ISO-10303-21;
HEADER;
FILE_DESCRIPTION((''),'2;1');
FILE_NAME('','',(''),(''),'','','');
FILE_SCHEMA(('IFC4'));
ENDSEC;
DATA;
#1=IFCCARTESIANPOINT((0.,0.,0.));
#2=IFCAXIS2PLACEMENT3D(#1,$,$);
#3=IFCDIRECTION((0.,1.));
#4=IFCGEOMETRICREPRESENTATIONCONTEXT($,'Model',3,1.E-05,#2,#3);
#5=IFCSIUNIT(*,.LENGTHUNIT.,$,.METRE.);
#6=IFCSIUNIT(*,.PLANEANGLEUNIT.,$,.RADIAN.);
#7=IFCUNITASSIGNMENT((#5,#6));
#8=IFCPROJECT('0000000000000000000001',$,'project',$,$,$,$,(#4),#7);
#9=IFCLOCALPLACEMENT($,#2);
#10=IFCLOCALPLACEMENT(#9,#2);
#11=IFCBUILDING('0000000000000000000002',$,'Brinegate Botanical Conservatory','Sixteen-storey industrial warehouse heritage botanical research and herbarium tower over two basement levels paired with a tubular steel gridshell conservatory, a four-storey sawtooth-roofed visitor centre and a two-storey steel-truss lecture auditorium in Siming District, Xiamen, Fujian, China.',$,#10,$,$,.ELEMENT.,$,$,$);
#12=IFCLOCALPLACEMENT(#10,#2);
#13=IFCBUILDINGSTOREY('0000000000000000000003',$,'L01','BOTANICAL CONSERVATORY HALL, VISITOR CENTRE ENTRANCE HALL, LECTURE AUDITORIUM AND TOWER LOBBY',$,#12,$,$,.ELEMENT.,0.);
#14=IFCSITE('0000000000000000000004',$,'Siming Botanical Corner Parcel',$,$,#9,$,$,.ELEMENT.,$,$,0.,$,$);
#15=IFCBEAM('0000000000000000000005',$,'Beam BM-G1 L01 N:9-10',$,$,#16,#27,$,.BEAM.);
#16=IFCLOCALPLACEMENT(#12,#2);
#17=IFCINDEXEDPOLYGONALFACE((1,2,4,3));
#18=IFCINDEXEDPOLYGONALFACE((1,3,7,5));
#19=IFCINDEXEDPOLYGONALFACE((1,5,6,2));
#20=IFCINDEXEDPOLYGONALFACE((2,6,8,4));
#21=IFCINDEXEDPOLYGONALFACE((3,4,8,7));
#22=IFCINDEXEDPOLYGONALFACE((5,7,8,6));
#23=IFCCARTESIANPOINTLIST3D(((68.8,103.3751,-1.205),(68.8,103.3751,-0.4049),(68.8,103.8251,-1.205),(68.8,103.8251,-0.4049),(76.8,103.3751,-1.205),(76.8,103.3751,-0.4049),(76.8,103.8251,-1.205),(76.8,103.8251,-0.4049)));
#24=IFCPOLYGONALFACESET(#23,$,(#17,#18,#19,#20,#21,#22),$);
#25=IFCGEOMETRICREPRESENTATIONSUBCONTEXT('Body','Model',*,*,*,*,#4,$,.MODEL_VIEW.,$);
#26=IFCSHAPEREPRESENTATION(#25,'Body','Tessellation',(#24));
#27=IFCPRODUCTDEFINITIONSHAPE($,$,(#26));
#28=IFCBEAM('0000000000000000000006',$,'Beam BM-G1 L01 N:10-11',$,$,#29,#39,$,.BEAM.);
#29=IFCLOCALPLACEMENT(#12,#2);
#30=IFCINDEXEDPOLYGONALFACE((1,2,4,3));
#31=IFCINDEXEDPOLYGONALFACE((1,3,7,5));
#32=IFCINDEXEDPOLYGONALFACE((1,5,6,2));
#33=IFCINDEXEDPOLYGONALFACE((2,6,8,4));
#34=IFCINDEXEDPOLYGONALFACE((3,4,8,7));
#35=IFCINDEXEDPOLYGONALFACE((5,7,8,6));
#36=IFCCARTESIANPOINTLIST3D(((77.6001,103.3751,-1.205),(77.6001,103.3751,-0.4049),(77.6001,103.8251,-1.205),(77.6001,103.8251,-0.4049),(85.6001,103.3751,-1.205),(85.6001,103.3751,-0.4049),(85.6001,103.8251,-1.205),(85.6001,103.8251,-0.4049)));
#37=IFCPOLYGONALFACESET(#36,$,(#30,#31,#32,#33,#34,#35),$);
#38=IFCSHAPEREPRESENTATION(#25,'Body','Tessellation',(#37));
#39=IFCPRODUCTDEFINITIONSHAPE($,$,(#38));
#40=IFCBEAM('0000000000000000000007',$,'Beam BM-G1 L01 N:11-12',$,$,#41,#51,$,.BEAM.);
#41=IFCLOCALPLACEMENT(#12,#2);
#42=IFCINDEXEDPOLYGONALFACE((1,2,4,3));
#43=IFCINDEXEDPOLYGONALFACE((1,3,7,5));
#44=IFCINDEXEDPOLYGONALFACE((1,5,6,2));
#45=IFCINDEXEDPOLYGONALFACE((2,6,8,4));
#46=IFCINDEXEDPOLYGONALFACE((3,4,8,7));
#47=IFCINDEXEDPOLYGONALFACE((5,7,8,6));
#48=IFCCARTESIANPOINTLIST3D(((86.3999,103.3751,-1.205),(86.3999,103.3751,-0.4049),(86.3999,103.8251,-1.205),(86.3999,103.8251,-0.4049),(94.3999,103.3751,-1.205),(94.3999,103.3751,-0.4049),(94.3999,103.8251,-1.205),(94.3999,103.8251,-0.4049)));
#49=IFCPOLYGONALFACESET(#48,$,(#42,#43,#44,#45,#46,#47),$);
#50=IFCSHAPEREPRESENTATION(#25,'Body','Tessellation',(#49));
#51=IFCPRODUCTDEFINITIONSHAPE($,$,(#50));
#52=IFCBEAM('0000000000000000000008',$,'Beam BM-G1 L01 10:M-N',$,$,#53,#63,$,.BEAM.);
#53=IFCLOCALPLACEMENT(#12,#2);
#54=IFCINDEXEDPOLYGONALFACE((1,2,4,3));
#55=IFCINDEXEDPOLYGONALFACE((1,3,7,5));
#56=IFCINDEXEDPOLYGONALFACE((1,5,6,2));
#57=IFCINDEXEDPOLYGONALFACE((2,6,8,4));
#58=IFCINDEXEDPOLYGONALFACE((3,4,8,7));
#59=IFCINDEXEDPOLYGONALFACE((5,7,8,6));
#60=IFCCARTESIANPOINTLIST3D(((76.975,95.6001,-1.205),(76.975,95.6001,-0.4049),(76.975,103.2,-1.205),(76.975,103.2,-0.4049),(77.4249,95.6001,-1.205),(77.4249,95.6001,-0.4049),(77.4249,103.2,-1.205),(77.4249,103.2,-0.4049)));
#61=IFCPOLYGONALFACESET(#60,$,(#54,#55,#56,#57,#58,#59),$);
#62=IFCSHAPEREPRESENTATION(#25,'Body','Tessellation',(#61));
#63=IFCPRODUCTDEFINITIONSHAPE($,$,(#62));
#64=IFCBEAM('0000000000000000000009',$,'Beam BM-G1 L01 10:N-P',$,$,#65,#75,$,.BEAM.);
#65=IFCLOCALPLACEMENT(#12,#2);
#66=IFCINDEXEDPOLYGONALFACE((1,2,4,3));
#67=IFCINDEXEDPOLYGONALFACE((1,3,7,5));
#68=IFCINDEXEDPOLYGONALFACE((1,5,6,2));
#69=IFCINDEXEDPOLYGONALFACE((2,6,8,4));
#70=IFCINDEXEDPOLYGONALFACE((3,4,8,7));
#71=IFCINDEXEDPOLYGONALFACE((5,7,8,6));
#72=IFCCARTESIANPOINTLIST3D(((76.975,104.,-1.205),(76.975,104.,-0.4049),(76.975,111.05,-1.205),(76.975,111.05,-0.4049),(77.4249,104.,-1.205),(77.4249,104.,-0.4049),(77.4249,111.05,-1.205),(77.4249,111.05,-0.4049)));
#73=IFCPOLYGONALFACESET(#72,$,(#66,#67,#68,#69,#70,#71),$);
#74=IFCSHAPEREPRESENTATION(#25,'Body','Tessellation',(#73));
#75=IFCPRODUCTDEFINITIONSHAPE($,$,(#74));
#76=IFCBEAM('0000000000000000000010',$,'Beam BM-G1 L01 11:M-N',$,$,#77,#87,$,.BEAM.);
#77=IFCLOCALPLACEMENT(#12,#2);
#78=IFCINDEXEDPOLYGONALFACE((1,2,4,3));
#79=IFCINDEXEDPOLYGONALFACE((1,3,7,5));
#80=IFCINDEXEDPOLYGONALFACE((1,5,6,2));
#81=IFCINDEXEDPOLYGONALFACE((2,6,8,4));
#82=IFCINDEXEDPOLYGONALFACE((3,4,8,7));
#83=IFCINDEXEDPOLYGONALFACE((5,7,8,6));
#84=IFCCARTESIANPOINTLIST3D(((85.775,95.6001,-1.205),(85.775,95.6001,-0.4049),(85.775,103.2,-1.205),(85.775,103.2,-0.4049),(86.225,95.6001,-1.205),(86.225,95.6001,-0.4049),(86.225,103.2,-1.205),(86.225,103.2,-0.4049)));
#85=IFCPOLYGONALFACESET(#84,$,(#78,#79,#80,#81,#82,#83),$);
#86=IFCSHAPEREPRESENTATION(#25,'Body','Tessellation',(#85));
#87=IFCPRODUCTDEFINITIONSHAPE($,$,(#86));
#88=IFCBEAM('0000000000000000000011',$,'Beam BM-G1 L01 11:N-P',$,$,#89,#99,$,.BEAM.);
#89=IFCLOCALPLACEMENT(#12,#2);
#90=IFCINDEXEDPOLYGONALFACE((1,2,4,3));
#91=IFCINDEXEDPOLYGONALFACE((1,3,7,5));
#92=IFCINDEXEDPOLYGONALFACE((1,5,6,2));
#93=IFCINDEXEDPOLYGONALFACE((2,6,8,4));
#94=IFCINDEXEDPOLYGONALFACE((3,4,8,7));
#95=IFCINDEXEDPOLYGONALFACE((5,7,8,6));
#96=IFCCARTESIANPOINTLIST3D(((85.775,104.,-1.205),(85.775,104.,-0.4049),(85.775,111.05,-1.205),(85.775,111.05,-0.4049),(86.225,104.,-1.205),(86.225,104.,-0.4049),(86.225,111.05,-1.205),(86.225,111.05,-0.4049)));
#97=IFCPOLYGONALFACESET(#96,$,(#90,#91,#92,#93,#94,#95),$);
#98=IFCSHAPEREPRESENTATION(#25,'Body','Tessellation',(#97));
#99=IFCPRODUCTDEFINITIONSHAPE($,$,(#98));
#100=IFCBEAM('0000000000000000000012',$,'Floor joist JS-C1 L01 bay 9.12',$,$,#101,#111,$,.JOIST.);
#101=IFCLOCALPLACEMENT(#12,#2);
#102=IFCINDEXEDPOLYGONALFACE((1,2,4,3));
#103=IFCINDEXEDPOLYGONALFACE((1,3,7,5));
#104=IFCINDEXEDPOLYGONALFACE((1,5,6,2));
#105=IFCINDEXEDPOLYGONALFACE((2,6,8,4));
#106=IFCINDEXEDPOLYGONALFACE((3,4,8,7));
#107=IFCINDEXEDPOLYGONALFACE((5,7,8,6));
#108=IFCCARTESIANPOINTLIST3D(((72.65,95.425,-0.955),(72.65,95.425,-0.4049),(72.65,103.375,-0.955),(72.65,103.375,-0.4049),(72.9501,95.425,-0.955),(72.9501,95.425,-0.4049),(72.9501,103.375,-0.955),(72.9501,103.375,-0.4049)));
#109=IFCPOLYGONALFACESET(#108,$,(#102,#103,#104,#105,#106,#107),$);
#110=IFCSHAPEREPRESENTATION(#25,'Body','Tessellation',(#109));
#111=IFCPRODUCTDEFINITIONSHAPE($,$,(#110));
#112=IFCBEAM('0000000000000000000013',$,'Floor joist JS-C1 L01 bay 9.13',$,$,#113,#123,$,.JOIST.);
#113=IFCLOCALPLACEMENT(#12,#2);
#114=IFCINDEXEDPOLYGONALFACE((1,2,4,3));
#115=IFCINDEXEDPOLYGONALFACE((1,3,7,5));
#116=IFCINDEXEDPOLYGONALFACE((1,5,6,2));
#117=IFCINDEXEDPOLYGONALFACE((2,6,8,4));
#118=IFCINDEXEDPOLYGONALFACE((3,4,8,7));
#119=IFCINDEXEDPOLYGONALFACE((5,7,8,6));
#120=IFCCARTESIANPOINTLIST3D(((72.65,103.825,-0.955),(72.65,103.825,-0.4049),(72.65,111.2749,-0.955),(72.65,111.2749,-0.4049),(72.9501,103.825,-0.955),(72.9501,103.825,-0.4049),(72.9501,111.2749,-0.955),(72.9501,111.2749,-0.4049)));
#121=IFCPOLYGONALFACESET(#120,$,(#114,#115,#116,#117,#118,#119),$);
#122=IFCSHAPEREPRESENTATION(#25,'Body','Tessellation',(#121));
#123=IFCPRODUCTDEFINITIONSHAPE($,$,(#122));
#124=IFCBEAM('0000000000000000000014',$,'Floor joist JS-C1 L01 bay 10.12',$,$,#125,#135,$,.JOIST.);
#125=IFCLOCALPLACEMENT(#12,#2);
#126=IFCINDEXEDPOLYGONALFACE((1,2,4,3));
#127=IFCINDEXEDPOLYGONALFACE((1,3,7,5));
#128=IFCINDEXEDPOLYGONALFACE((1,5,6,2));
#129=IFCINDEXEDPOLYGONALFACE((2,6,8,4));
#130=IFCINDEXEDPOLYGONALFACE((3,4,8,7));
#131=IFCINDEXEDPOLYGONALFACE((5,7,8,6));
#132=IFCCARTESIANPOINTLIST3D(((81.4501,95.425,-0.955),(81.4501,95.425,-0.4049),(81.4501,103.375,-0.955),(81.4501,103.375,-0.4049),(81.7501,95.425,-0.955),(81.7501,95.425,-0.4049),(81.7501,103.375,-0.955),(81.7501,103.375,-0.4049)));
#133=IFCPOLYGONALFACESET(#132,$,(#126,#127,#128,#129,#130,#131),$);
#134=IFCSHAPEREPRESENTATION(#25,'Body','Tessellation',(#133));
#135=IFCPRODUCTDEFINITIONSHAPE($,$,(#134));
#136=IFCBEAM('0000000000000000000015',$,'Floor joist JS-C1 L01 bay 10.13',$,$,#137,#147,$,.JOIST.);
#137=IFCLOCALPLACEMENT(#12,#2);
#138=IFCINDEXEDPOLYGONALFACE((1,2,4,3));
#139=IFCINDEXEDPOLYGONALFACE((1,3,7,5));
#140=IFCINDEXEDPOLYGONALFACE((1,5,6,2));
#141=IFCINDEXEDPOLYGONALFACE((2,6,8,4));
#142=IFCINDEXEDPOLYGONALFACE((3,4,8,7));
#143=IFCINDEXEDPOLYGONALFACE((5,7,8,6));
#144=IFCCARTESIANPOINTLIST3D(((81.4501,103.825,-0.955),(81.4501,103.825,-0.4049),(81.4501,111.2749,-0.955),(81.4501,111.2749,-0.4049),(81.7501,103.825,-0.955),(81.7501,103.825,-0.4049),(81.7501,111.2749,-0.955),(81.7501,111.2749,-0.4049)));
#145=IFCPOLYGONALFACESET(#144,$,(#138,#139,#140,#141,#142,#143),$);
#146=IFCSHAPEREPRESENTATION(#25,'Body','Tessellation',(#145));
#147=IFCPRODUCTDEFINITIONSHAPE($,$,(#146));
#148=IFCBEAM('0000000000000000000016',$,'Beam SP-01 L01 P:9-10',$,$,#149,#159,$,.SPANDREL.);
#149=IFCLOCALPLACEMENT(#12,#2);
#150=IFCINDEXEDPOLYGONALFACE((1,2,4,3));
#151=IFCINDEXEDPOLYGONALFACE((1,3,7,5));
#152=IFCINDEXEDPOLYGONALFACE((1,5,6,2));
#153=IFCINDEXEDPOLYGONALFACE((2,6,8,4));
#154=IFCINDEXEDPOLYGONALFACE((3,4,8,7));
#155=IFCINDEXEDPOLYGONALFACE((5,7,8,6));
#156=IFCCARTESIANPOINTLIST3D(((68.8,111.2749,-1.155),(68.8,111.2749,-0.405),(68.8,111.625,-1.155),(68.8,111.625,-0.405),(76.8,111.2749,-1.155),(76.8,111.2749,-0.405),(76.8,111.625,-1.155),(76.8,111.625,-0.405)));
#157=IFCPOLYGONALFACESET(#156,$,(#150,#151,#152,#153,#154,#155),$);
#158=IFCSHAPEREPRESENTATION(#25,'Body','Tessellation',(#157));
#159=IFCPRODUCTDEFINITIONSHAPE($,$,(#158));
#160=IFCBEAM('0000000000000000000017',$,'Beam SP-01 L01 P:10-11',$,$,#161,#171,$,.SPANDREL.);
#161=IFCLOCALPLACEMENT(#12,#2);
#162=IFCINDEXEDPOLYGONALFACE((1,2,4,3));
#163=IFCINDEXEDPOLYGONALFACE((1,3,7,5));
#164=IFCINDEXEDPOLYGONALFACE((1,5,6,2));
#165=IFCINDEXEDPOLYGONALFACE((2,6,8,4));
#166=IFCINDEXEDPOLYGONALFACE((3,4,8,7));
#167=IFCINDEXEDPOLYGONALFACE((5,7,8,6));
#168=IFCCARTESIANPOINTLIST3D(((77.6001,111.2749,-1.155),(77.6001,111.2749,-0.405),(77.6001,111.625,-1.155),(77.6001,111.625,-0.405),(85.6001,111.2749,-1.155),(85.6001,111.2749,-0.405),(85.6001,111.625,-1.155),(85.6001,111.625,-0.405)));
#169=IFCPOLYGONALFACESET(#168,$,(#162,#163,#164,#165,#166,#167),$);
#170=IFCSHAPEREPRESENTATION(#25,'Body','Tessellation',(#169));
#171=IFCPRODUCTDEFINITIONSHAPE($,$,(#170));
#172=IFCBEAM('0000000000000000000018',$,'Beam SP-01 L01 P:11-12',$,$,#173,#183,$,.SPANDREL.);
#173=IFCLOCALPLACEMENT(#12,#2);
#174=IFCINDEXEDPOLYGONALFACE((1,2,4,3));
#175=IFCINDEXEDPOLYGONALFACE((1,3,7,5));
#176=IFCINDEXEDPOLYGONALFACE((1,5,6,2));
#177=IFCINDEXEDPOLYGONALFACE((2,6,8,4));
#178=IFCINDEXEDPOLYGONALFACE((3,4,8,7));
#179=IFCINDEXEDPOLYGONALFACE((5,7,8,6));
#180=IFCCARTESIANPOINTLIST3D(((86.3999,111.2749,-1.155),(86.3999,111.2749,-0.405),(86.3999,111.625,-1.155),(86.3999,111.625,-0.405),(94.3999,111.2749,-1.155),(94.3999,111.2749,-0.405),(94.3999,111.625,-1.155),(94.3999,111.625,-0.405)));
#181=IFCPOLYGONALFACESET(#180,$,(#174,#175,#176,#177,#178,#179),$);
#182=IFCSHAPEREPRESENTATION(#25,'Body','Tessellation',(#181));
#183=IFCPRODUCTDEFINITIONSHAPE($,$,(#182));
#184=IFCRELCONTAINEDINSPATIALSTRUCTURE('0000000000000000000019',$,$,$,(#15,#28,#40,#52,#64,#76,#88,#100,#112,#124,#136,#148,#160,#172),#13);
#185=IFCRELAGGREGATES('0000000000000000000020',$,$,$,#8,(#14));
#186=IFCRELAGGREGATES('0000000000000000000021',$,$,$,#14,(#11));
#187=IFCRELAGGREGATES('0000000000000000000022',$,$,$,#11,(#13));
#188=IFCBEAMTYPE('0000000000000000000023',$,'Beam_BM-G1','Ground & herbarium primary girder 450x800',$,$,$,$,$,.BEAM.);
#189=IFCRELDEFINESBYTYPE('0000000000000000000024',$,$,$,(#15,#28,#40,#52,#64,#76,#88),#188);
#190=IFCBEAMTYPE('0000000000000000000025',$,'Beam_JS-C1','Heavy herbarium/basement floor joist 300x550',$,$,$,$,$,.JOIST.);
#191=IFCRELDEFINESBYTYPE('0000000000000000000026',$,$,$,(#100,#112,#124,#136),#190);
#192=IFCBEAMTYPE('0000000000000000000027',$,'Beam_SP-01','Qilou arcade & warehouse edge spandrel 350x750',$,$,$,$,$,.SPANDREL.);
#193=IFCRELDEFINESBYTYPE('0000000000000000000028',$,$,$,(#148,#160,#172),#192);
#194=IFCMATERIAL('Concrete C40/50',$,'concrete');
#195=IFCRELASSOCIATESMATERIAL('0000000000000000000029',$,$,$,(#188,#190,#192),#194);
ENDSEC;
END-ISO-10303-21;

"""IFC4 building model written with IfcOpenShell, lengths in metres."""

from ifc_helpers import new_model, si_unit, direction, frame, origin, origin_2d, place, context, subcontext, project, spatial, rectangle, extrude, material, material_profile, profile_set, type_object, element, save


model = new_model("IFC4")

# Units and contexts
model_context = context("Model", 3, precision=1e-05, world=origin(), true_north=direction((0.0, 1.0)))
body_context = subcontext(model_context, "Body", "Model", "MODEL_VIEW")
ifc_project = project(units=[si_unit("LENGTHUNIT", "METRE"), si_unit("PLANEANGLEUNIT", "RADIAN")], contexts=[model_context])

# Site, building, storey
site_placement = place(None, origin())
site = spatial("IfcSite", under=ifc_project, at=site_placement, Name="Siming Botanical Corner Parcel", CompositionType="ELEMENT", RefElevation=0.0)
building_placement = place(site_placement, origin())
building = spatial("IfcBuilding", under=site, at=building_placement, Name="Brinegate Botanical Conservatory", Description="Sixteen-storey industrial warehouse heritage botanical research and herbarium tower over two basement levels paired with a tubular steel gridshell conservatory, a four-storey sawtooth-roofed visitor centre and a two-storey steel-truss lecture auditorium in Siming District, Xiamen, Fujian, China.", CompositionType="ELEMENT")
storey_placement = place(building_placement, origin())
storey = spatial("IfcBuildingStorey", under=building, at=storey_placement, Name="L01", Description="BOTANICAL CONSERVATORY HALL, VISITOR CENTRE ENTRANCE HALL, LECTURE AUDITORIUM AND TOWER LOBBY", CompositionType="ELEMENT", Elevation=0.0)

# Shared definitions
ifc_material_1 = material(Name="Concrete C40/50", Category="concrete")

# Beams
ifc_material_profile_1 = material_profile(ifc_material_1, rectangle(XDim=0.45, YDim=0.8, at=origin_2d()), Name="RC BM 450x800")
ifc_profile_set_1 = profile_set([ifc_material_profile_1], Name="Concrete C40/50")
beam_type_1 = type_object("IfcBeamType", Name="Beam_BM-G1", Description="Ground & herbarium primary girder 450x800", PredefinedType="BEAM", material=ifc_profile_set_1)
for number, where, z_axis, x_axis, name in (
    (1, (68.8, 103.6001, -0.8049), (1.0, 0.0, 0.0), (0.0, 1.0, 0.0), "Beam BM-G1 L01 N:9-10"),
    (2, (77.6001, 103.6001, -0.8049), (1.0, 0.0, 0.0), (0.0, 1.0, 0.0), "Beam BM-G1 L01 N:10-11"),
    (3, (86.3999, 103.6001, -0.8049), (1.0, 0.0, 0.0), (0.0, 1.0, 0.0), "Beam BM-G1 L01 N:11-12"),
):
    element("IfcBeam", number, at=place(storey_placement, frame(where, z_axis=z_axis, x_axis=x_axis)), inside=storey, type_object=beam_type_1, Name=name, PredefinedType="BEAM", context=body_context, shape_type="SweptSolid", body=[
        extrude(rectangle(XDim=0.45, YDim=0.8, at=origin_2d()), origin(), (0.0, 0.0, 1.0), 8.0),
    ])
beam_1_placement = place(storey_placement, frame((77.2, 95.6001, -0.8049), z_axis=(0.0, 1.0, 0.0), x_axis=(-1.0, 0.0, 0.0)))
element("IfcBeam", 4, at=beam_1_placement, inside=storey, type_object=beam_type_1, Name="Beam BM-G1 L01 10:M-N", PredefinedType="BEAM", context=body_context, shape_type="SweptSolid", body=[
    extrude(rectangle(XDim=0.45, YDim=0.8, at=origin_2d()), origin(), (0.0, 0.0, 1.0), 7.5999),
])
beam_2_placement = place(storey_placement, frame((77.2, 104.0, -0.8049), z_axis=(0.0, 1.0, 0.0), x_axis=(-1.0, 0.0, 0.0)))
element("IfcBeam", 5, at=beam_2_placement, inside=storey, type_object=beam_type_1, Name="Beam BM-G1 L01 10:N-P", PredefinedType="BEAM", context=body_context, shape_type="SweptSolid", body=[
    extrude(rectangle(XDim=0.45, YDim=0.8, at=origin_2d()), origin(), (0.0, 0.0, 1.0), 7.05),
])
beam_3_placement = place(storey_placement, frame((86.0, 95.6001, -0.8049), z_axis=(0.0, 1.0, 0.0), x_axis=(-1.0, 0.0, 0.0)))
element("IfcBeam", 6, at=beam_3_placement, inside=storey, type_object=beam_type_1, Name="Beam BM-G1 L01 11:M-N", PredefinedType="BEAM", context=body_context, shape_type="SweptSolid", body=[
    extrude(rectangle(XDim=0.45, YDim=0.8, at=origin_2d()), origin(), (0.0, 0.0, 1.0), 7.5999),
])
beam_4_placement = place(storey_placement, frame((86.0, 104.0, -0.8049), z_axis=(0.0, 1.0, 0.0), x_axis=(-1.0, 0.0, 0.0)))
element("IfcBeam", 7, at=beam_4_placement, inside=storey, type_object=beam_type_1, Name="Beam BM-G1 L01 11:N-P", PredefinedType="BEAM", context=body_context, shape_type="SweptSolid", body=[
    extrude(rectangle(XDim=0.45, YDim=0.8, at=origin_2d()), origin(), (0.0, 0.0, 1.0), 7.05),
])
ifc_material_profile_2 = material_profile(ifc_material_1, rectangle(XDim=0.3, YDim=0.55, at=origin_2d()), Name="RC JST 300x550")
ifc_profile_set_2 = profile_set([ifc_material_profile_2], Name="Concrete C40/50")
beam_type_2 = type_object("IfcBeamType", Name="Beam_JS-C1", Description="Heavy herbarium/basement floor joist 300x550", PredefinedType="JOIST", material=ifc_profile_set_2)
beam_5_placement = place(storey_placement, frame((72.8, 95.425, -0.6799), z_axis=(0.0, 1.0, 0.0), x_axis=(-1.0, 0.0, 0.0)))
element("IfcBeam", 8, at=beam_5_placement, inside=storey, type_object=beam_type_2, Name="Floor joist JS-C1 L01 bay 9.12", PredefinedType="JOIST", context=body_context, shape_type="SweptSolid", body=[
    extrude(rectangle(XDim=0.3, YDim=0.55, at=origin_2d()), origin(), (0.0, 0.0, 1.0), 7.95),
])
beam_6_placement = place(storey_placement, frame((72.8, 103.825, -0.6799), z_axis=(0.0, 1.0, 0.0), x_axis=(-1.0, 0.0, 0.0)))
element("IfcBeam", 9, at=beam_6_placement, inside=storey, type_object=beam_type_2, Name="Floor joist JS-C1 L01 bay 9.13", PredefinedType="JOIST", context=body_context, shape_type="SweptSolid", body=[
    extrude(rectangle(XDim=0.3, YDim=0.55, at=origin_2d()), origin(), (0.0, 0.0, 1.0), 7.45),
])
beam_7_placement = place(storey_placement, frame((81.6001, 95.425, -0.6799), z_axis=(0.0, 1.0, 0.0), x_axis=(-1.0, 0.0, 0.0)))
element("IfcBeam", 10, at=beam_7_placement, inside=storey, type_object=beam_type_2, Name="Floor joist JS-C1 L01 bay 10.12", PredefinedType="JOIST", context=body_context, shape_type="SweptSolid", body=[
    extrude(rectangle(XDim=0.3, YDim=0.55, at=origin_2d()), origin(), (0.0, 0.0, 1.0), 7.95),
])
beam_8_placement = place(storey_placement, frame((81.6001, 103.825, -0.6799), z_axis=(0.0, 1.0, 0.0), x_axis=(-1.0, 0.0, 0.0)))
element("IfcBeam", 11, at=beam_8_placement, inside=storey, type_object=beam_type_2, Name="Floor joist JS-C1 L01 bay 10.13", PredefinedType="JOIST", context=body_context, shape_type="SweptSolid", body=[
    extrude(rectangle(XDim=0.3, YDim=0.55, at=origin_2d()), origin(), (0.0, 0.0, 1.0), 7.45),
])
ifc_material_profile_3 = material_profile(ifc_material_1, rectangle(XDim=0.3501, YDim=0.75, at=origin_2d()), Name="RC SPN 350x750")
ifc_profile_set_3 = profile_set([ifc_material_profile_3], Name="Concrete C40/50")
beam_type_3 = type_object("IfcBeamType", Name="Beam_SP-01", Description="Qilou arcade & warehouse edge spandrel 350x750", PredefinedType="SPANDREL", material=ifc_profile_set_3)
for number, where, z_axis, x_axis, name in (
    (12, (68.8, 111.45, -0.78), (1.0, 0.0, 0.0), (0.0, 1.0, 0.0), "Beam SP-01 L01 P:9-10"),
    (13, (77.6001, 111.45, -0.78), (1.0, 0.0, 0.0), (0.0, 1.0, 0.0), "Beam SP-01 L01 P:10-11"),
    (14, (86.3999, 111.45, -0.78), (1.0, 0.0, 0.0), (0.0, 1.0, 0.0), "Beam SP-01 L01 P:11-12"),
):
    element("IfcBeam", number, at=place(storey_placement, frame(where, z_axis=z_axis, x_axis=x_axis)), inside=storey, type_object=beam_type_3, Name=name, PredefinedType="SPANDREL", context=body_context, shape_type="SweptSolid", body=[
        extrude(rectangle(XDim=0.3501, YDim=0.75, at=origin_2d()), origin(), (0.0, 0.0, 1.0), 8.0),
    ])

save(model, "model.ifc")
